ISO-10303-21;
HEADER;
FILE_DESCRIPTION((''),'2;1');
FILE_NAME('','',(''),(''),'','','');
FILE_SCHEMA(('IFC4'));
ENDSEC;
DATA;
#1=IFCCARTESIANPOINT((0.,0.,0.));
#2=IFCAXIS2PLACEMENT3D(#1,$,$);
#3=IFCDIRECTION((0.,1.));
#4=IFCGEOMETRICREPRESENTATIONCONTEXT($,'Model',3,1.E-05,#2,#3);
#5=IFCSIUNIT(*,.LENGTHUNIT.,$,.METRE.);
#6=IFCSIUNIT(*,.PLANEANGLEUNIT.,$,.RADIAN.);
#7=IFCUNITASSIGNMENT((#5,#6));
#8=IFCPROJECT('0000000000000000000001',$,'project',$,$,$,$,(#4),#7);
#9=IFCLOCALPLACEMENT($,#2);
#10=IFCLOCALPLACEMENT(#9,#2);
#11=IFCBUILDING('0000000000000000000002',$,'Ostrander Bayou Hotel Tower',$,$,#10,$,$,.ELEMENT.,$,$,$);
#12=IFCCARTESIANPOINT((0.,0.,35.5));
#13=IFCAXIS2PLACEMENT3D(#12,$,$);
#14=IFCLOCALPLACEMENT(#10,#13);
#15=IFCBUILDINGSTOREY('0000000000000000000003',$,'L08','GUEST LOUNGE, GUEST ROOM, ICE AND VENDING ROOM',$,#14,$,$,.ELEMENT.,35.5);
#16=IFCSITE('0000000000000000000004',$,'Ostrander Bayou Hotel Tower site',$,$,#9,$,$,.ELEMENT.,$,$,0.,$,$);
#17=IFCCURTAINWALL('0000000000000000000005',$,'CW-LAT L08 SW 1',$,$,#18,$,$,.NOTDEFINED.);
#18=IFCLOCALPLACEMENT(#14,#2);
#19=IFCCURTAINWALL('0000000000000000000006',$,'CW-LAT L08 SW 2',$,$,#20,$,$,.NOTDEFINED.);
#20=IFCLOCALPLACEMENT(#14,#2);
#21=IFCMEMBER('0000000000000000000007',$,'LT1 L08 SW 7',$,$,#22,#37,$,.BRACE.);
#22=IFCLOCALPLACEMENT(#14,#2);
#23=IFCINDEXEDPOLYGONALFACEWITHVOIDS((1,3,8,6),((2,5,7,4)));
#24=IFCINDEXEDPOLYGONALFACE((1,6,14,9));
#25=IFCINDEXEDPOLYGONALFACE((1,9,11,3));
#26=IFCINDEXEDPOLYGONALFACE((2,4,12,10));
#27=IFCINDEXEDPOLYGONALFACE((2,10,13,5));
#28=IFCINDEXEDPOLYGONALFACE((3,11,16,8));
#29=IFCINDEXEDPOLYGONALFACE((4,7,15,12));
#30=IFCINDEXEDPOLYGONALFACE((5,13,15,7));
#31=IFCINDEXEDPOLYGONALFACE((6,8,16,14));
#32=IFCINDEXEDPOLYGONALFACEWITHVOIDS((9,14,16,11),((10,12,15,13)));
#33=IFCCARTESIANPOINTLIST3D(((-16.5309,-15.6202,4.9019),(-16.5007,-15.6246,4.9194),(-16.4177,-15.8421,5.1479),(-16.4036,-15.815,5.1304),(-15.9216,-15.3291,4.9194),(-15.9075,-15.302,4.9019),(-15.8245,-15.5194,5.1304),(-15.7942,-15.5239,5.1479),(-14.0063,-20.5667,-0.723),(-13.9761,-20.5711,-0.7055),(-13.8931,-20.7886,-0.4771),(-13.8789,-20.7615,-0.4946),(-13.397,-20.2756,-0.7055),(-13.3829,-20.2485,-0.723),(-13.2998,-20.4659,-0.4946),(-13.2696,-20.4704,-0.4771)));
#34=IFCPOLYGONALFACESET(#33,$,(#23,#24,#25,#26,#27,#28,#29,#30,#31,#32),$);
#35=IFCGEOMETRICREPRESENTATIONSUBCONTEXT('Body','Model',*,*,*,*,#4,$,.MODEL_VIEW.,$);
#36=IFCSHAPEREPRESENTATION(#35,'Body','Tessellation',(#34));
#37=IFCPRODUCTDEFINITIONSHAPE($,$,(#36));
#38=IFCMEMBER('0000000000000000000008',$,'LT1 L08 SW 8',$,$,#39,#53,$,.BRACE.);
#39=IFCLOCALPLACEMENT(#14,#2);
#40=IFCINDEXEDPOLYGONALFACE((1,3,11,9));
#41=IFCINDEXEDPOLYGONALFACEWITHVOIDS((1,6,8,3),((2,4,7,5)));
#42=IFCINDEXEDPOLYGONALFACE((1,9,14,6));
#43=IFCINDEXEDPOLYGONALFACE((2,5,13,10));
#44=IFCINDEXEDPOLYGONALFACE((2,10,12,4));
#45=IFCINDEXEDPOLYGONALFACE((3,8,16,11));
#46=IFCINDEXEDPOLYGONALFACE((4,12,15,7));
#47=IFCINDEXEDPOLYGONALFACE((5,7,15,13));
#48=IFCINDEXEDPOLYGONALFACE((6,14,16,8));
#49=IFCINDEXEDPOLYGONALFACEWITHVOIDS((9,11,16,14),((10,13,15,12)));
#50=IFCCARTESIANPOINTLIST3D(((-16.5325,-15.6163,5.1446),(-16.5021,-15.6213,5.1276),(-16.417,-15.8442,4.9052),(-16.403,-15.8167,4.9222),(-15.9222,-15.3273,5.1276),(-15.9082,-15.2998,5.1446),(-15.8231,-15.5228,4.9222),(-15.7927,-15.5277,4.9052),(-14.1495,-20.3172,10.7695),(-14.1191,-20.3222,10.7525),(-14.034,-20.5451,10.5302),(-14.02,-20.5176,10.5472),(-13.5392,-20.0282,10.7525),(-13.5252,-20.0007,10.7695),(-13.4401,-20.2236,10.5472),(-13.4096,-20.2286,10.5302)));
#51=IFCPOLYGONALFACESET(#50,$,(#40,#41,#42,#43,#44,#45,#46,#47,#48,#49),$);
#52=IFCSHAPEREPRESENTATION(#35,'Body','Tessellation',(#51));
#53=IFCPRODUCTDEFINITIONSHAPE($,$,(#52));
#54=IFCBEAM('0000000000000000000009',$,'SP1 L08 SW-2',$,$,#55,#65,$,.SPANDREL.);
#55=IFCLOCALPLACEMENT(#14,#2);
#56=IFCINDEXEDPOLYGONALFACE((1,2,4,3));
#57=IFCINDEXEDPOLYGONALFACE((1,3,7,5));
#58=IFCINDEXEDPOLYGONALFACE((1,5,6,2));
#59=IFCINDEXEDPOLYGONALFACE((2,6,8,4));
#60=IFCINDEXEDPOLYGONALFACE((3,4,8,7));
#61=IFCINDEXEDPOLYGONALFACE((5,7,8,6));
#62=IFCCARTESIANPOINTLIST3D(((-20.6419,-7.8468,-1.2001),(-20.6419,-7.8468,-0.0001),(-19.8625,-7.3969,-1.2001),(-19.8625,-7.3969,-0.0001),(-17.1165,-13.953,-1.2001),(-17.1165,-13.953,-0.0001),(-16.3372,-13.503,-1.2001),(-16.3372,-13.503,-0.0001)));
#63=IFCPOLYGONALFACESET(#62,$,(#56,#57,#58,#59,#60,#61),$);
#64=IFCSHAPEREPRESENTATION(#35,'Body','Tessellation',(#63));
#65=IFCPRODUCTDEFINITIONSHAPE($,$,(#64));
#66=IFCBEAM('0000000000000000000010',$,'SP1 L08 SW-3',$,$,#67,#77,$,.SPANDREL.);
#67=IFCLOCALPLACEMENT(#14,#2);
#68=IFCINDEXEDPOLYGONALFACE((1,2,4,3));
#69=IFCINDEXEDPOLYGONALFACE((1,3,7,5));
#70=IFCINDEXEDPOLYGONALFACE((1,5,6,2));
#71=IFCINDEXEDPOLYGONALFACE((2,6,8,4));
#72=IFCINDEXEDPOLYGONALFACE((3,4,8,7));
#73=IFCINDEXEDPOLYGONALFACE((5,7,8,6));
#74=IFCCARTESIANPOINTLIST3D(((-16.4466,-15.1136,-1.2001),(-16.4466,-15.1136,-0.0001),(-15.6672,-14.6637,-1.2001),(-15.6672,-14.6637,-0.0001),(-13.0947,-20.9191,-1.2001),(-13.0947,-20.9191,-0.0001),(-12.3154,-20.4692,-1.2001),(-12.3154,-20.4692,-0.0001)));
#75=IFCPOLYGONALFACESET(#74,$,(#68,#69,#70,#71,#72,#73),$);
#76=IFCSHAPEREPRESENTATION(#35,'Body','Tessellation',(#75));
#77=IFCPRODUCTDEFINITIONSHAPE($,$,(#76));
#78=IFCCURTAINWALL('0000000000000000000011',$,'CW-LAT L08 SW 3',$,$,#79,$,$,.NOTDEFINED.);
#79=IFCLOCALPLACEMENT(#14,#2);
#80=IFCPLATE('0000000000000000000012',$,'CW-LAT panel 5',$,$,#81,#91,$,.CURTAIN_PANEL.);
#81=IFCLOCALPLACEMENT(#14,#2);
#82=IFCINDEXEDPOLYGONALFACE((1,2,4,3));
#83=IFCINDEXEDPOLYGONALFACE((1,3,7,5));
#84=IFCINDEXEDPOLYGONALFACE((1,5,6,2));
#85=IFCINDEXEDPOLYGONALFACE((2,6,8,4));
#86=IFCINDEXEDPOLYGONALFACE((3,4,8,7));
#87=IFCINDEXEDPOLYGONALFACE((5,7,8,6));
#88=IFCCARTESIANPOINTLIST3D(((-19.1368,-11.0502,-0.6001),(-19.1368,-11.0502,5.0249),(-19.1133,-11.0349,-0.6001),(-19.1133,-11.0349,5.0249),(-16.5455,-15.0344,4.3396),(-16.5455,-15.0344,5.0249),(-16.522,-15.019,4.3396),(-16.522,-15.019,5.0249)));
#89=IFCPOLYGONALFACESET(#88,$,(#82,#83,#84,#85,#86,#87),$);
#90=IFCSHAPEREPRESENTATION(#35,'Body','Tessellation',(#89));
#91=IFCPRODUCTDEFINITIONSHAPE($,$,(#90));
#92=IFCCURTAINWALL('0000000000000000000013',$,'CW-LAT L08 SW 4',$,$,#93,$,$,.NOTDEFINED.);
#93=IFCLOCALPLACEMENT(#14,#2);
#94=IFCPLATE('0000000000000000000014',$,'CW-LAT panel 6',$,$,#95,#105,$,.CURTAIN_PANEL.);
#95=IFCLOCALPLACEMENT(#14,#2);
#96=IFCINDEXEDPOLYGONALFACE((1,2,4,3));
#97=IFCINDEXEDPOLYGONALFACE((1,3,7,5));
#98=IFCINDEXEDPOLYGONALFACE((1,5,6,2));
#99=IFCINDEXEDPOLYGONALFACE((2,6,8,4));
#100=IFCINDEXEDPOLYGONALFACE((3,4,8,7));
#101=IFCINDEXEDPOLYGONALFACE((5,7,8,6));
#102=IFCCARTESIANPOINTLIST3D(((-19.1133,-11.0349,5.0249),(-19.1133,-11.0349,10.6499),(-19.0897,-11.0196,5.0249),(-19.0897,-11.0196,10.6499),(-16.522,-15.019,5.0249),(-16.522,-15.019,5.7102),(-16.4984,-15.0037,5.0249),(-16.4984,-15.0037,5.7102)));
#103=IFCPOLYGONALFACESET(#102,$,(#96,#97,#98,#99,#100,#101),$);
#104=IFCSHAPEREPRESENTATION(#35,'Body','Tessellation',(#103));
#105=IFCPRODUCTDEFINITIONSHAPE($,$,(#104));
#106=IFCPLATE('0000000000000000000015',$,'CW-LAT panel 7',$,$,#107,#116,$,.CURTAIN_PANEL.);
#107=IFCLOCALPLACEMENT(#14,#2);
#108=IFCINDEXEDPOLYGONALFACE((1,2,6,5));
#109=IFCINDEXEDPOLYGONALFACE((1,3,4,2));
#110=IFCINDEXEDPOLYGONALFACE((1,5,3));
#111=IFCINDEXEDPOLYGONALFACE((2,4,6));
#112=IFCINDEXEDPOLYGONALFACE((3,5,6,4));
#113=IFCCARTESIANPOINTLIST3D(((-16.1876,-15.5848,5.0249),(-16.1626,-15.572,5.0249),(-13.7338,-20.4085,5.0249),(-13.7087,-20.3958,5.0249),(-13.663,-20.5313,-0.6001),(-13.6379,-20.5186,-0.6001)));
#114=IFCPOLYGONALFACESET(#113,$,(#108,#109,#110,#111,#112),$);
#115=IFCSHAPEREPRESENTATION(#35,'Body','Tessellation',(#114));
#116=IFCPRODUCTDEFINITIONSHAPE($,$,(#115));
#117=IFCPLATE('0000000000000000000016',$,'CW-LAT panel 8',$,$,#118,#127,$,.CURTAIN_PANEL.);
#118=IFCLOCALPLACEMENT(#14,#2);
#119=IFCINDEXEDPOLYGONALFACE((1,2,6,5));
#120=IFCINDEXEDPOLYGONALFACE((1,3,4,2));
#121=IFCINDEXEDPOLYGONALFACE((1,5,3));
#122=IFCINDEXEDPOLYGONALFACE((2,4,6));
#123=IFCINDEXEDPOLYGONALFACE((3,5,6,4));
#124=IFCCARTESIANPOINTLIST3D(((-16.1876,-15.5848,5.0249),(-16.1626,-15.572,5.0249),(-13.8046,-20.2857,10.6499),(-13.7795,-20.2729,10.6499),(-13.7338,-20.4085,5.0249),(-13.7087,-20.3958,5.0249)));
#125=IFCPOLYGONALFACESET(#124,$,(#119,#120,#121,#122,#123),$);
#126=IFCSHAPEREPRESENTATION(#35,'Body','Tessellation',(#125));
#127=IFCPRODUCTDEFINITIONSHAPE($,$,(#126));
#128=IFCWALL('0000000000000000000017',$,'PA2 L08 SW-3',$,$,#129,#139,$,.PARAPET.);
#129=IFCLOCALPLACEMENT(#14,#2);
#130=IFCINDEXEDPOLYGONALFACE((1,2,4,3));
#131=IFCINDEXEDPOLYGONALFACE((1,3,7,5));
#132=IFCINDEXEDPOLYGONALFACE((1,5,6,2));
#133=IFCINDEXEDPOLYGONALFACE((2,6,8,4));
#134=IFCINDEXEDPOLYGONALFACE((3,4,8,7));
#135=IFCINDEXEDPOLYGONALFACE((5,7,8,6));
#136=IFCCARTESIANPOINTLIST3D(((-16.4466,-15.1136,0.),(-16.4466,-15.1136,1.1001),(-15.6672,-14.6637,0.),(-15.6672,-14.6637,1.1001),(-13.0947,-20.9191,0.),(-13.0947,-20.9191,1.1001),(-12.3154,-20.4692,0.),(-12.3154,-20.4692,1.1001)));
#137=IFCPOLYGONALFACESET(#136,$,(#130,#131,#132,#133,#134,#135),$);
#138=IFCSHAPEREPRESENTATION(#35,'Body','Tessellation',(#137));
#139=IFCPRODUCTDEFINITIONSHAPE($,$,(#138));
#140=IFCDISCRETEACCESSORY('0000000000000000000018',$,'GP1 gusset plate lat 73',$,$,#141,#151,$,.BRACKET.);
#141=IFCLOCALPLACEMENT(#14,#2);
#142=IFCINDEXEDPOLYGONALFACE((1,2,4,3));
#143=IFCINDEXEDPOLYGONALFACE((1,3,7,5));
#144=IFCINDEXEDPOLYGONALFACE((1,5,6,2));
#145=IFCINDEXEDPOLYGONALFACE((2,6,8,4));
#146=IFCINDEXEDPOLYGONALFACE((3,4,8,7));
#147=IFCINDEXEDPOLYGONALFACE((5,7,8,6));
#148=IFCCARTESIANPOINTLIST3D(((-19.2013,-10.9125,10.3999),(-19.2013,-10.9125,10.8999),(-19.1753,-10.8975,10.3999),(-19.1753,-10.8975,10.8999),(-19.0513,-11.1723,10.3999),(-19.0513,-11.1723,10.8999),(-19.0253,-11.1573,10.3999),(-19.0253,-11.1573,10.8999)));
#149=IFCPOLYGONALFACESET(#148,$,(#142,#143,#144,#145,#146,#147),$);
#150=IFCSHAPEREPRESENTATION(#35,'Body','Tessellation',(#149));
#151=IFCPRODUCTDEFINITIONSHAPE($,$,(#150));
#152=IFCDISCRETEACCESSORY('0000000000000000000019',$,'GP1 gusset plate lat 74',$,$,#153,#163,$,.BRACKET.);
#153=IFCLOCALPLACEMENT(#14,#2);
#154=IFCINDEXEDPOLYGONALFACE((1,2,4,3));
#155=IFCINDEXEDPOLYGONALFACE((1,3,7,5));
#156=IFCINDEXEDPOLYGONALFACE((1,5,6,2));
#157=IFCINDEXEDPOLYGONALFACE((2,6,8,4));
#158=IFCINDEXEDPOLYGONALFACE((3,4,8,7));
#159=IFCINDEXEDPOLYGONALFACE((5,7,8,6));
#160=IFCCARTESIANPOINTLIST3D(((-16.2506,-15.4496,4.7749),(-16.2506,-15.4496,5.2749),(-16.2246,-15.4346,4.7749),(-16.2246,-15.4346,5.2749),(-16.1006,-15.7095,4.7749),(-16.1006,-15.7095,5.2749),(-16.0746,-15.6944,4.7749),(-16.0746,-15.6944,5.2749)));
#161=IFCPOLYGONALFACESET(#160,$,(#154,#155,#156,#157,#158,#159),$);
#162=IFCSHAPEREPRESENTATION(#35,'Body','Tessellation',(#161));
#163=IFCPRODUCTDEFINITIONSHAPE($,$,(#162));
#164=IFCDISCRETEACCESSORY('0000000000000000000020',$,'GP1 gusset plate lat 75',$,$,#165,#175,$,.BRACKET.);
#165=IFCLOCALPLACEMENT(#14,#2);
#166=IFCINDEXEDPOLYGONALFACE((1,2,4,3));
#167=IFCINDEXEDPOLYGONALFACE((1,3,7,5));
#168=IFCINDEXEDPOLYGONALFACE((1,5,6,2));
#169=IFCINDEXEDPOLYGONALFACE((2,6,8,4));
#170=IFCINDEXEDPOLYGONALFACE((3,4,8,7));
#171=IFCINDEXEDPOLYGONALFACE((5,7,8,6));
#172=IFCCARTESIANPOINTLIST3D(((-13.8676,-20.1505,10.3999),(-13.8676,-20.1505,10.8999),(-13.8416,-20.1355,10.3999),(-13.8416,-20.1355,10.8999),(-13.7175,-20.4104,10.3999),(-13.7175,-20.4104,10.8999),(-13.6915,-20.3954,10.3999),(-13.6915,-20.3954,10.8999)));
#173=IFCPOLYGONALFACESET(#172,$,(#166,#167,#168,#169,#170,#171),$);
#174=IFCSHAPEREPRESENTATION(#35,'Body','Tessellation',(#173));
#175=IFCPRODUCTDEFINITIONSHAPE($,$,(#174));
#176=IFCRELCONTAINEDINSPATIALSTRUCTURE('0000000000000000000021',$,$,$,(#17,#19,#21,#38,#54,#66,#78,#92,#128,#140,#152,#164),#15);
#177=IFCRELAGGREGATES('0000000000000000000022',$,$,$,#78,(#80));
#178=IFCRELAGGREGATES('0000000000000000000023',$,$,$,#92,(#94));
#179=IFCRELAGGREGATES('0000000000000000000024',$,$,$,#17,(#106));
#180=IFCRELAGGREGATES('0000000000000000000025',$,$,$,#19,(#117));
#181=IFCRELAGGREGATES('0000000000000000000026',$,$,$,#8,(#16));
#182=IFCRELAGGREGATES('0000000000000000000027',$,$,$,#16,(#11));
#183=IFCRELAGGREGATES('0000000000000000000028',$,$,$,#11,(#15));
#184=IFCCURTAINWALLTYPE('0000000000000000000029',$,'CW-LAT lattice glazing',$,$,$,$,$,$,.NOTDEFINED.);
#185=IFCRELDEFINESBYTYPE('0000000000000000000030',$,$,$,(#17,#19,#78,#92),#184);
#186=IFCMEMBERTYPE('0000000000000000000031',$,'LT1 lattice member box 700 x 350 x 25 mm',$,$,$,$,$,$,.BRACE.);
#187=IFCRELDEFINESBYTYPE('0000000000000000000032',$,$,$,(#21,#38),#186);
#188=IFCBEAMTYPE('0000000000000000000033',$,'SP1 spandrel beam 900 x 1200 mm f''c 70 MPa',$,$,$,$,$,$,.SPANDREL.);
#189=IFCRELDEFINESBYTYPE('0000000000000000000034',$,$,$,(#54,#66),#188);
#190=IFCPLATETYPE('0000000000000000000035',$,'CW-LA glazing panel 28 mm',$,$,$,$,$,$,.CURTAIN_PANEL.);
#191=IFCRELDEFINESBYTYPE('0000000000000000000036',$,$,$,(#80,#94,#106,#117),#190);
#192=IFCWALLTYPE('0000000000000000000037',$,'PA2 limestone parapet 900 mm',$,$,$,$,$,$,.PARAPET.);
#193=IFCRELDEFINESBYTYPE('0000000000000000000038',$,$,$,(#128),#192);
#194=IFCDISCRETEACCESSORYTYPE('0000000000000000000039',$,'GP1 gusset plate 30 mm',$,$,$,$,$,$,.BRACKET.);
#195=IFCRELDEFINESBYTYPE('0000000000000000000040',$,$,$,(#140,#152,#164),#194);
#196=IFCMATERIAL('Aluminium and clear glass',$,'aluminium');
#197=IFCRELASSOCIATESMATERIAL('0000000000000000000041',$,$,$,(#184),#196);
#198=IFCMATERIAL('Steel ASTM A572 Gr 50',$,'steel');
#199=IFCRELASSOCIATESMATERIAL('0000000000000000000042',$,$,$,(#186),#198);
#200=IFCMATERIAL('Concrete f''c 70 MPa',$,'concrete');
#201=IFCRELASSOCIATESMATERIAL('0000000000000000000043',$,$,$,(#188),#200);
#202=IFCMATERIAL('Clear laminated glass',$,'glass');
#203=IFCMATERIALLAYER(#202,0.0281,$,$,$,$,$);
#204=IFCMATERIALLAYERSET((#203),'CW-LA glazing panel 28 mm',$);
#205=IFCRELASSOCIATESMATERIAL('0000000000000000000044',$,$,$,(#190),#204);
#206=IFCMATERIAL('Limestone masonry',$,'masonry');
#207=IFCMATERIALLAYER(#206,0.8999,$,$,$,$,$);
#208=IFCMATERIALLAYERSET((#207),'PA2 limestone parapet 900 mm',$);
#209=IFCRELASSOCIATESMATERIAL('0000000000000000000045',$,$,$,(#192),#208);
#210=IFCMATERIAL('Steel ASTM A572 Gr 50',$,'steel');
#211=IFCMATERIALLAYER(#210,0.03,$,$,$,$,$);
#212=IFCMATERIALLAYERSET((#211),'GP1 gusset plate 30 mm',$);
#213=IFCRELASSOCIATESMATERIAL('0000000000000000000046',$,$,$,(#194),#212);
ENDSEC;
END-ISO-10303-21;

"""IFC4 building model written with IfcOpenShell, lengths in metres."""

from ifc_helpers import new_model, si_unit, direction, frame, frame_2d, origin, origin_2d, place, context, subcontext, project, spatial, polyline, rectangle, hollow_rectangle, outline, extrude, material, layer, layer_set, material_profile, profile_set, type_object, element, aggregate, save


model = new_model("IFC4")

# Units and contexts
model_context = context("Model", 3, precision=1e-05, world=origin(), true_north=direction((0.0, 1.0)))
body_context = subcontext(model_context, "Body", "Model", "MODEL_VIEW")
ifc_project = project(units=[si_unit("LENGTHUNIT", "METRE"), si_unit("PLANEANGLEUNIT", "RADIAN")], contexts=[model_context])

# Site, building, storey
site_placement = place(None, origin())
site = spatial("IfcSite", under=ifc_project, at=site_placement, Name="Ostrander Bayou Hotel Tower site", CompositionType="ELEMENT", RefElevation=0.0)
building_placement = place(site_placement, origin())
building = spatial("IfcBuilding", under=site, at=building_placement, Name="Ostrander Bayou Hotel Tower", CompositionType="ELEMENT")
storey_placement = place(building_placement, frame((0.0, 0.0, 35.5)))
storey = spatial("IfcBuildingStorey", under=building, at=storey_placement, Name="L08", Description="GUEST LOUNGE, GUEST ROOM, ICE AND VENDING ROOM", CompositionType="ELEMENT", Elevation=35.5)

# Curtain walls
ifc_material_1 = material(Name="Aluminium and clear glass", Category="aluminium")
curtain_wall_type = type_object("IfcCurtainWallType", Name="CW-LAT lattice glazing", PredefinedType="NOTDEFINED", material=ifc_material_1)
curtain_wall_1_placement = place(storey_placement, origin())
curtain_wall_1 = element("IfcCurtainWall", 1, at=curtain_wall_1_placement, inside=storey, type_object=curtain_wall_type, Name="CW-LAT L08 SW 1", PredefinedType="NOTDEFINED")
curtain_wall_2_placement = place(storey_placement, origin())
curtain_wall_2 = element("IfcCurtainWall", 2, at=curtain_wall_2_placement, inside=storey, type_object=curtain_wall_type, Name="CW-LAT L08 SW 2", PredefinedType="NOTDEFINED")

# Members
ifc_material_2 = material(Name="Steel ASTM A572 Gr 50", Category="steel")
ifc_material_profile_1 = material_profile(ifc_material_2, hollow_rectangle(XDim=0.7, YDim=0.3501, WallThickness=0.0249, at=origin_2d()))
ifc_profile_set_1 = profile_set([ifc_material_profile_1], Name="Steel ASTM A572 Gr 50")
member_type_1 = type_object("IfcMemberType", Name="LT1 lattice member box 700 x 350 x 25 mm", PredefinedType="BRACE", material=ifc_profile_set_1)
member_1_placement = place(storey_placement, frame((-16.1626, -15.572, 5.0249), z_axis=(0.319391, -0.625779, -0.711611), x_axis=(0.890695, 0.454601, 0.0)))
element("IfcMember", 3, at=member_1_placement, inside=storey, type_object=member_type_1, Name="LT1 L08 SW 7", PredefinedType="BRACE", context=body_context, shape_type="SweptSolid", body=[
    extrude(hollow_rectangle(XDim=0.7, YDim=0.3501, WallThickness=0.0249, at=origin_2d()), origin(), (0.0, 0.0, 1.0), 7.9045),
])
member_2_placement = place(storey_placement, frame((-16.1626, -15.572, 5.0249), z_axis=(0.309154, -0.609851, 0.72973), x_axis=(0.89194, 0.452154, 0.0)))
element("IfcMember", 4, at=member_2_placement, inside=storey, type_object=member_type_1, Name="LT1 L08 SW 8", PredefinedType="BRACE", context=body_context, shape_type="SweptSolid", body=[
    extrude(hollow_rectangle(XDim=0.7, YDim=0.3501, WallThickness=0.0249, at=origin_2d()), origin(), (0.0, 0.0, 1.0), 7.7083),
])

# Beams
ifc_material_3 = material(Name="Concrete f'c 70 MPa", Category="concrete")
ifc_material_profile_2 = material_profile(ifc_material_3, rectangle(XDim=0.8999, YDim=1.2, at=origin_2d()))
ifc_profile_set_2 = profile_set([ifc_material_profile_2], Name="Concrete f'c 70 MPa")
beam_type_1 = type_object("IfcBeamType", Name="SP1 spandrel beam 900 x 1200 mm f'c 70 MPa", PredefinedType="SPANDREL", material=ifc_profile_set_2)
beam_1_placement = place(storey_placement, frame((-20.2522, -7.6218, -0.6001), z_axis=(0.499997, -0.866027, 0.0), x_axis=(0.866027, 0.499997, 0.0)))
element("IfcBeam", 5, at=beam_1_placement, inside=storey, type_object=beam_type_1, Name="SP1 L08 SW-2", PredefinedType="SPANDREL", context=body_context, shape_type="SweptSolid", body=[
    extrude(rectangle(XDim=0.8999, YDim=1.2, at=origin_2d()), origin(), (0.0, 0.0, 1.0), 7.0508),
])
beam_2_placement = place(storey_placement, frame((-16.0569, -14.8887, -0.6001), z_axis=(0.500005, -0.866022, 0.0), x_axis=(0.866022, 0.500005, 0.0)))
element("IfcBeam", 6, at=beam_2_placement, inside=storey, type_object=beam_type_1, Name="SP1 L08 SW-3", PredefinedType="SPANDREL", context=body_context, shape_type="SweptSolid", body=[
    extrude(rectangle(XDim=0.8999, YDim=1.2, at=origin_2d()), origin(), (0.0, 0.0, 1.0), 6.7036),
])

# Curtain walls, plates
curtain_wall_3_placement = place(storey_placement, origin())
curtain_wall_3 = element("IfcCurtainWall", 7, at=curtain_wall_3_placement, inside=storey, type_object=curtain_wall_type, Name="CW-LAT L08 SW 3", PredefinedType="NOTDEFINED")
ifc_material_4 = material(Name="Clear laminated glass", Category="glass")
ifc_layer_1 = layer(ifc_material_4, 0.0281)
ifc_layer_set_1 = layer_set([ifc_layer_1], Name="CW-LA glazing panel 28 mm")
plate_type = type_object("IfcPlateType", Name="CW-LA glazing panel 28 mm", PredefinedType="CURTAIN_PANEL", material=ifc_layer_set_1)
plate_1_placement = place(storey_placement, frame((-16.522, -15.019, 4.3396), z_axis=(0.838287, 0.545228, 0.0), x_axis=(-0.378026, 0.581215, -0.720615)))
plate_1 = element("IfcPlate", 8, at=plate_1_placement, type_object=plate_type, Name="CW-LAT panel 5", PredefinedType="CURTAIN_PANEL", context=body_context, shape_type="SweptSolid", body=[
    extrude(outline(polyline([(0.0, 0.0), (6.8548, 0.0), (2.8014, 3.9), (-0.4938, 0.4751), (0.0, 0.0)])), origin(), (0.0, 0.0, -1.0), 0.0281),
])
aggregate(curtain_wall_3, [plate_1])
curtain_wall_4_placement = place(storey_placement, origin())
curtain_wall_4 = element("IfcCurtainWall", 9, at=curtain_wall_4_placement, inside=storey, type_object=curtain_wall_type, Name="CW-LAT L08 SW 4", PredefinedType="NOTDEFINED")
plate_2_placement = place(storey_placement, frame((-16.522, -15.019, 5.7102), z_axis=(-0.838287, -0.545228, 0.0), x_axis=(-0.378026, 0.581215, 0.720615)))
plate_2 = element("IfcPlate", 10, at=plate_2_placement, type_object=plate_type, Name="CW-LAT panel 6", PredefinedType="CURTAIN_PANEL", context=body_context, shape_type="SweptSolid", body=[
    extrude(outline(polyline([(0.0, 0.0), (6.8548, 0.0), (2.8014, 3.9), (-0.4938, 0.4751), (0.0, 0.0)])), origin(), (0.0, 0.0, -1.0), 0.0281),
])
aggregate(curtain_wall_4, [plate_2])

# Plates
plate_3_placement = place(storey_placement, frame((-16.1626, -15.572, 5.0249), z_axis=(0.891301, 0.45341, 0.00132), x_axis=(0.319391, -0.625779, -0.711611)))
plate_3 = element("IfcPlate", 11, at=plate_3_placement, type_object=plate_type, Name="CW-LAT panel 7", PredefinedType="CURTAIN_PANEL", context=body_context, shape_type="SweptSolid", body=[
    extrude(outline(polyline([(0.0, 0.0), (7.9046, 0.0), (3.8023, -3.8512), (0.0, 0.0)])), origin(), (0.0, 0.0, -1.0), 0.0281),
])
aggregate(curtain_wall_1, [plate_3])
plate_4_placement = place(storey_placement, frame((-16.1626, -15.572, 5.0249), z_axis=(0.891301, 0.45341, 0.00132), x_axis=(0.309154, -0.609851, 0.72973)))
plate_4 = element("IfcPlate", 12, at=plate_4_placement, type_object=plate_type, Name="CW-LAT panel 8", PredefinedType="CURTAIN_PANEL", context=body_context, shape_type="SweptSolid", body=[
    extrude(outline(polyline([(0.0, 0.0), (7.7083, 0.0), (3.7004, 3.9493), (0.0, 0.0)])), origin(), (0.0, 0.0, -1.0), 0.0281),
])
aggregate(curtain_wall_2, [plate_4])

# Wall
ifc_material_5 = material(Name="Limestone masonry", Category="masonry")
ifc_layer_2 = layer(ifc_material_5, 0.8999)
ifc_layer_set_2 = layer_set([ifc_layer_2], Name="PA2 limestone parapet 900 mm")
wall_type = type_object("IfcWallType", Name="PA2 limestone parapet 900 mm", PredefinedType="PARAPET", material=ifc_layer_set_2)
wall_placement = place(storey_placement, frame((-16.0569, -14.8887, 0.0), z_axis=(0.0, 0.0, 1.0), x_axis=(0.500005, -0.866022, 0.0)))
element("IfcWall", 13, at=wall_placement, inside=storey, type_object=wall_type, Name="PA2 L08 SW-3", PredefinedType="PARAPET", context=body_context, shape_type="SweptSolid", body=[
    extrude(rectangle(XDim=6.7036, YDim=0.8999, at=frame_2d((3.3518, 0.0))), origin(), (0.0, 0.0, 1.0), 1.1001),
])

# Discrete accessories
ifc_material_6 = material(Name="Steel ASTM A572 Gr 50", Category="steel")
ifc_layer_3 = layer(ifc_material_6, 0.03)
ifc_layer_set_3 = layer_set([ifc_layer_3], Name="GP1 gusset plate 30 mm")
discrete_accessory_type = type_object("IfcDiscreteAccessoryType", Name="GP1 gusset plate 30 mm", PredefinedType="BRACKET", material=ifc_layer_set_3)
for number, where, z_axis, x_axis, name in (
    (14, (-19.1133, -11.0349, 10.3999), (0.0, 0.0, 1.0), (0.5, -0.866025, 0.0), "GP1 gusset plate lat 73"),
    (15, (-16.1626, -15.572, 4.7749), (0.0, 0.0, 1.0), (0.5, -0.866025, 0.0), "GP1 gusset plate lat 74"),
    (16, (-13.7795, -20.2729, 10.3999), (0.0, 0.0, 1.0), (0.5, -0.866025, 0.0), "GP1 gusset plate lat 75"),
):
    element("IfcDiscreteAccessory", number, at=place(storey_placement, frame(where, z_axis=z_axis, x_axis=x_axis)), inside=storey, type_object=discrete_accessory_type, Name=name, PredefinedType="BRACKET", context=body_context, shape_type="SweptSolid", body=[
        extrude(rectangle(XDim=0.3, YDim=0.03, at=origin_2d()), origin(), (0.0, 0.0, 1.0), 0.5),
    ])

save(model, "model.ifc")
